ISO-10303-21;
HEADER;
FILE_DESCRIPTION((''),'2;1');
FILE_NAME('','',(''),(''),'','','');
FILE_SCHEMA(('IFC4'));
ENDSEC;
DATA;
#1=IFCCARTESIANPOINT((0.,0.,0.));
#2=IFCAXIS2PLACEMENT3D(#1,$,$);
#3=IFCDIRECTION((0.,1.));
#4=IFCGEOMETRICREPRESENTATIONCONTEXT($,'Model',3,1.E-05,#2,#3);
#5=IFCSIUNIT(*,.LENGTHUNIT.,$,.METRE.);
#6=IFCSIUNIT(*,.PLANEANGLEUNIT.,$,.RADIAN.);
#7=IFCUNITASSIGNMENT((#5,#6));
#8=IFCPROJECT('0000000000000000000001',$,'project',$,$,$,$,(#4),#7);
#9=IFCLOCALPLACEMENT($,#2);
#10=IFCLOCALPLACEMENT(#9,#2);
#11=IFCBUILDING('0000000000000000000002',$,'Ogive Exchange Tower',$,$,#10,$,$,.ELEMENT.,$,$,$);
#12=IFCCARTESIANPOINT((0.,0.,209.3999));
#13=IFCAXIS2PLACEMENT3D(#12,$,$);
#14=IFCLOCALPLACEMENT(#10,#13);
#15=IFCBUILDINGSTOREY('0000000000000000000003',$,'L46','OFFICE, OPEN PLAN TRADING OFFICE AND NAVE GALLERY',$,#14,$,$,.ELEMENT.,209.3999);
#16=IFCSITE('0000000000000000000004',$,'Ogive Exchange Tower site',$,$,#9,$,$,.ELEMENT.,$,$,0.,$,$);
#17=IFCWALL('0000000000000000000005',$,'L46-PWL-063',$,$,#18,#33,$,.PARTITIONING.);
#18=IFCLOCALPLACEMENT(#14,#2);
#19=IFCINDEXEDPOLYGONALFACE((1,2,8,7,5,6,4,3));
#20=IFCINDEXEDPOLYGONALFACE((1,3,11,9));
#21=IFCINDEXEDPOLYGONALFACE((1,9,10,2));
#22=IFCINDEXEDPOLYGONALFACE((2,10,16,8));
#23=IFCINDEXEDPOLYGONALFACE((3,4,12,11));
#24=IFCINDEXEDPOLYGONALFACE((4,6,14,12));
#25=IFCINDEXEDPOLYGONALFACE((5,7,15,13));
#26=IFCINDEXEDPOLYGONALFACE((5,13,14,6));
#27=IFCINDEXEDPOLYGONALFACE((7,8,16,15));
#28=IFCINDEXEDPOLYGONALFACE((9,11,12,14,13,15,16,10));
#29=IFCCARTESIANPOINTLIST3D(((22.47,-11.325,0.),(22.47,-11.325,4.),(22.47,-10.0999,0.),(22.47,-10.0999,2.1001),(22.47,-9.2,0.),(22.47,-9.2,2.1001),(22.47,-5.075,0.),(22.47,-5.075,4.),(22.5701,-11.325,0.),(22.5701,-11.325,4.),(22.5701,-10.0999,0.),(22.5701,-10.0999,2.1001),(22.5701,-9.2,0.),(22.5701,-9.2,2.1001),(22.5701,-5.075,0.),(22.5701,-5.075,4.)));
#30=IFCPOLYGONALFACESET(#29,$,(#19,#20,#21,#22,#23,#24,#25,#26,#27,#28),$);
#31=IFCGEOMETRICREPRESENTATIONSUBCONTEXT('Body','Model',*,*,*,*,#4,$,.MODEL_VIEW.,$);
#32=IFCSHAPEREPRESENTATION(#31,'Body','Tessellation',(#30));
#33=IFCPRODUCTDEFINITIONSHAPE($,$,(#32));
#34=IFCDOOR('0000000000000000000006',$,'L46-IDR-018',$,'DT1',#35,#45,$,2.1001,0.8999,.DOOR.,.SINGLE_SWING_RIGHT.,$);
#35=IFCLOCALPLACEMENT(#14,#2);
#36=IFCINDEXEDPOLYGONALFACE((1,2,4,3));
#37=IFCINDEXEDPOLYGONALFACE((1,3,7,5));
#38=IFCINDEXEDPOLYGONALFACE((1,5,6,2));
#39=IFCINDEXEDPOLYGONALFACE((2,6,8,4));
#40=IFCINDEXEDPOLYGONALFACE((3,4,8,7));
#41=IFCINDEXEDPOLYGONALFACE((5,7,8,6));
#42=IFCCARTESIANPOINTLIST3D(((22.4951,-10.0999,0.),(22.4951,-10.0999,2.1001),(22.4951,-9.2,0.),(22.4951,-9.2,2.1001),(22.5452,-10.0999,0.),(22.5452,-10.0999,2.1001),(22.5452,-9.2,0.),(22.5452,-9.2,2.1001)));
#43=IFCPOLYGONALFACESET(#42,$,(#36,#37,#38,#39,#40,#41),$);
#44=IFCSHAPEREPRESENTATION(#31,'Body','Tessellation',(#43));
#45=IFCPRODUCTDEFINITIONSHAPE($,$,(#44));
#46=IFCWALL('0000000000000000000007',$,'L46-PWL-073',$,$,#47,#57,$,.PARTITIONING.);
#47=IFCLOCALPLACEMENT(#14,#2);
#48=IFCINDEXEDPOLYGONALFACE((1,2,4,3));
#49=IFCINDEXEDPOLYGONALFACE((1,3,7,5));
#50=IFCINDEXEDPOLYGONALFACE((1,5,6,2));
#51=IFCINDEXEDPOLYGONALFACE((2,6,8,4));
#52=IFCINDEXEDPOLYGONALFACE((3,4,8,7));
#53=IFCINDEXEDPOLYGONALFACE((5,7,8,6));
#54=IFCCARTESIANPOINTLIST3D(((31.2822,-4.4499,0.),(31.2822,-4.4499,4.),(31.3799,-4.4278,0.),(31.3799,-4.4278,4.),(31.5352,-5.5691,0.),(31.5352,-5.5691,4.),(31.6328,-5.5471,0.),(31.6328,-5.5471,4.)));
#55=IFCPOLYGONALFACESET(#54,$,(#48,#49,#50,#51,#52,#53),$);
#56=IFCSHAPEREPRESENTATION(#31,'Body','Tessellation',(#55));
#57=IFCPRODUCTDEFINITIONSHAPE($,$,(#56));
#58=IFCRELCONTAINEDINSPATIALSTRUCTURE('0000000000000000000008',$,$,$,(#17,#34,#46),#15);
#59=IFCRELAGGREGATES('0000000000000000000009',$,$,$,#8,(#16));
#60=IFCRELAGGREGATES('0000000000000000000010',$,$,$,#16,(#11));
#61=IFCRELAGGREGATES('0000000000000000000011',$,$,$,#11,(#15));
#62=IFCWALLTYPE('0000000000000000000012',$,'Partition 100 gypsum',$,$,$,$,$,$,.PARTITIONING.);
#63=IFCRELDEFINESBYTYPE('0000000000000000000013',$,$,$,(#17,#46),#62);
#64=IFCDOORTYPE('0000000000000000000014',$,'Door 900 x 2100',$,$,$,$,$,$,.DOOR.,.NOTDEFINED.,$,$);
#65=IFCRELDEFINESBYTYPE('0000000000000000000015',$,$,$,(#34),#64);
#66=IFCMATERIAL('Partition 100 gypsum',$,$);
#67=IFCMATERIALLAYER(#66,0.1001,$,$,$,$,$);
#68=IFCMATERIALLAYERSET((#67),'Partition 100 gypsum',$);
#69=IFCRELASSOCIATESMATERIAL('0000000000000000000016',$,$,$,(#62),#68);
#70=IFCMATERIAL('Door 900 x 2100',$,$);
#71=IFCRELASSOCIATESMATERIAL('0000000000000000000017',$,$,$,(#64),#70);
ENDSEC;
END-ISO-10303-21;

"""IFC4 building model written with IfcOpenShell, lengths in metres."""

from ifc_helpers import new_model, si_unit, direction, frame, frame_2d, origin, place, context, subcontext, project, spatial, rectangle, extrude, material, layer, layer_set, type_object, element, fill, save


model = new_model("IFC4")

# Units and contexts
model_context = context("Model", 3, precision=1e-05, world=origin(), true_north=direction((0.0, 1.0)))
body_context = subcontext(model_context, "Body", "Model", "MODEL_VIEW")
ifc_project = project(units=[si_unit("LENGTHUNIT", "METRE"), si_unit("PLANEANGLEUNIT", "RADIAN")], contexts=[model_context])

# Site, building, storey
site_placement = place(None, origin())
site = spatial("IfcSite", under=ifc_project, at=site_placement, Name="Ogive Exchange Tower site", CompositionType="ELEMENT", RefElevation=0.0)
building_placement = place(site_placement, origin())
building = spatial("IfcBuilding", under=site, at=building_placement, Name="Ogive Exchange Tower", CompositionType="ELEMENT")
storey_placement = place(building_placement, frame((0.0, 0.0, 209.3999)))
storey = spatial("IfcBuildingStorey", under=building, at=storey_placement, Name="L46", Description="OFFICE, OPEN PLAN TRADING OFFICE AND NAVE GALLERY", CompositionType="ELEMENT", Elevation=209.3999)

# Wall, opening, door
ifc_material_1 = material(Name="Partition 100 gypsum")
ifc_layer_1 = layer(ifc_material_1, 0.1001)
ifc_layer_set_1 = layer_set([ifc_layer_1], Name="Partition 100 gypsum")
wall_type_1 = type_object("IfcWallType", Name="Partition 100 gypsum", PredefinedType="PARTITIONING", material=ifc_layer_set_1)
wall_1_placement = place(storey_placement, frame((22.52, -5.075, 0.0), z_axis=(0.0, 0.0, 1.0), x_axis=(0.0, -1.0, 0.0)))
wall_1 = element("IfcWall", 1, at=wall_1_placement, inside=storey, type_object=wall_type_1, Name="L46-PWL-063", PredefinedType="PARTITIONING", context=body_context, shape_type="SweptSolid", body=[
    extrude(rectangle(XDim=6.25, YDim=0.1001, at=frame_2d((3.125, 0.0))), origin(), (0.0, 0.0, 1.0), 4.0),
])
opening_1_placement = place(wall_1_placement, frame((4.125, 0.0, 0.0)))
opening_1 = element("IfcOpeningElement", 2, at=opening_1_placement, cuts=wall_1, PredefinedType="OPENING", context=body_context, shape_type="SweptSolid", body=[
    extrude(rectangle(XDim=0.8999, YDim=2.1001, at=frame_2d((0.45, 1.05))), frame((0.0, 0.0601, 0.0), z_axis=(0.0, -1.0, 0.0), x_axis=(1.0, 0.0, 0.0)), (0.0, 0.0, 1.0), 0.1201),
])
ifc_material_2 = material(Name="Door 900 x 2100")
door_type_1 = type_object("IfcDoorType", Name="Door 900 x 2100", OperationType="NOTDEFINED", PredefinedType="DOOR", material=ifc_material_2)
door_1_placement = place(opening_1_placement, frame((0.8999, 0.0, 0.0), z_axis=(0.0, 0.0, 1.0), x_axis=(-1.0, 0.0, 0.0)))
door_1 = element("IfcDoor", 3, at=door_1_placement, inside=storey, type_object=door_type_1, Name="L46-IDR-018", ObjectType="DT1", OperationType="SINGLE_SWING_RIGHT", OverallHeight=2.1001, OverallWidth=0.8999, PredefinedType="DOOR", context=body_context, shape_type="SweptSolid", body=[
    extrude(rectangle(XDim=0.8999, YDim=2.1001, at=frame_2d((0.45, 1.05))), frame((0.0, 0.0249, 0.0), z_axis=(0.0, -1.0, 0.0), x_axis=(1.0, 0.0, 0.0)), (0.0, 0.0, 1.0), 0.05),
])
fill(opening_1, door_1)

# Wall
wall_2_placement = place(storey_placement, frame((31.584, -5.5581, 0.0), z_axis=(0.0, 0.0, 1.0), x_axis=(-0.220444, 0.9754, 0.0)))
element("IfcWall", 4, at=wall_2_placement, inside=storey, type_object=wall_type_1, Name="L46-PWL-073", PredefinedType="PARTITIONING", context=body_context, shape_type="SweptSolid", body=[
    extrude(rectangle(XDim=1.1475, YDim=0.1001, at=frame_2d((0.5737, 0.0))), origin(), (0.0, 0.0, 1.0), 4.0),
])

save(model, "model.ifc")
